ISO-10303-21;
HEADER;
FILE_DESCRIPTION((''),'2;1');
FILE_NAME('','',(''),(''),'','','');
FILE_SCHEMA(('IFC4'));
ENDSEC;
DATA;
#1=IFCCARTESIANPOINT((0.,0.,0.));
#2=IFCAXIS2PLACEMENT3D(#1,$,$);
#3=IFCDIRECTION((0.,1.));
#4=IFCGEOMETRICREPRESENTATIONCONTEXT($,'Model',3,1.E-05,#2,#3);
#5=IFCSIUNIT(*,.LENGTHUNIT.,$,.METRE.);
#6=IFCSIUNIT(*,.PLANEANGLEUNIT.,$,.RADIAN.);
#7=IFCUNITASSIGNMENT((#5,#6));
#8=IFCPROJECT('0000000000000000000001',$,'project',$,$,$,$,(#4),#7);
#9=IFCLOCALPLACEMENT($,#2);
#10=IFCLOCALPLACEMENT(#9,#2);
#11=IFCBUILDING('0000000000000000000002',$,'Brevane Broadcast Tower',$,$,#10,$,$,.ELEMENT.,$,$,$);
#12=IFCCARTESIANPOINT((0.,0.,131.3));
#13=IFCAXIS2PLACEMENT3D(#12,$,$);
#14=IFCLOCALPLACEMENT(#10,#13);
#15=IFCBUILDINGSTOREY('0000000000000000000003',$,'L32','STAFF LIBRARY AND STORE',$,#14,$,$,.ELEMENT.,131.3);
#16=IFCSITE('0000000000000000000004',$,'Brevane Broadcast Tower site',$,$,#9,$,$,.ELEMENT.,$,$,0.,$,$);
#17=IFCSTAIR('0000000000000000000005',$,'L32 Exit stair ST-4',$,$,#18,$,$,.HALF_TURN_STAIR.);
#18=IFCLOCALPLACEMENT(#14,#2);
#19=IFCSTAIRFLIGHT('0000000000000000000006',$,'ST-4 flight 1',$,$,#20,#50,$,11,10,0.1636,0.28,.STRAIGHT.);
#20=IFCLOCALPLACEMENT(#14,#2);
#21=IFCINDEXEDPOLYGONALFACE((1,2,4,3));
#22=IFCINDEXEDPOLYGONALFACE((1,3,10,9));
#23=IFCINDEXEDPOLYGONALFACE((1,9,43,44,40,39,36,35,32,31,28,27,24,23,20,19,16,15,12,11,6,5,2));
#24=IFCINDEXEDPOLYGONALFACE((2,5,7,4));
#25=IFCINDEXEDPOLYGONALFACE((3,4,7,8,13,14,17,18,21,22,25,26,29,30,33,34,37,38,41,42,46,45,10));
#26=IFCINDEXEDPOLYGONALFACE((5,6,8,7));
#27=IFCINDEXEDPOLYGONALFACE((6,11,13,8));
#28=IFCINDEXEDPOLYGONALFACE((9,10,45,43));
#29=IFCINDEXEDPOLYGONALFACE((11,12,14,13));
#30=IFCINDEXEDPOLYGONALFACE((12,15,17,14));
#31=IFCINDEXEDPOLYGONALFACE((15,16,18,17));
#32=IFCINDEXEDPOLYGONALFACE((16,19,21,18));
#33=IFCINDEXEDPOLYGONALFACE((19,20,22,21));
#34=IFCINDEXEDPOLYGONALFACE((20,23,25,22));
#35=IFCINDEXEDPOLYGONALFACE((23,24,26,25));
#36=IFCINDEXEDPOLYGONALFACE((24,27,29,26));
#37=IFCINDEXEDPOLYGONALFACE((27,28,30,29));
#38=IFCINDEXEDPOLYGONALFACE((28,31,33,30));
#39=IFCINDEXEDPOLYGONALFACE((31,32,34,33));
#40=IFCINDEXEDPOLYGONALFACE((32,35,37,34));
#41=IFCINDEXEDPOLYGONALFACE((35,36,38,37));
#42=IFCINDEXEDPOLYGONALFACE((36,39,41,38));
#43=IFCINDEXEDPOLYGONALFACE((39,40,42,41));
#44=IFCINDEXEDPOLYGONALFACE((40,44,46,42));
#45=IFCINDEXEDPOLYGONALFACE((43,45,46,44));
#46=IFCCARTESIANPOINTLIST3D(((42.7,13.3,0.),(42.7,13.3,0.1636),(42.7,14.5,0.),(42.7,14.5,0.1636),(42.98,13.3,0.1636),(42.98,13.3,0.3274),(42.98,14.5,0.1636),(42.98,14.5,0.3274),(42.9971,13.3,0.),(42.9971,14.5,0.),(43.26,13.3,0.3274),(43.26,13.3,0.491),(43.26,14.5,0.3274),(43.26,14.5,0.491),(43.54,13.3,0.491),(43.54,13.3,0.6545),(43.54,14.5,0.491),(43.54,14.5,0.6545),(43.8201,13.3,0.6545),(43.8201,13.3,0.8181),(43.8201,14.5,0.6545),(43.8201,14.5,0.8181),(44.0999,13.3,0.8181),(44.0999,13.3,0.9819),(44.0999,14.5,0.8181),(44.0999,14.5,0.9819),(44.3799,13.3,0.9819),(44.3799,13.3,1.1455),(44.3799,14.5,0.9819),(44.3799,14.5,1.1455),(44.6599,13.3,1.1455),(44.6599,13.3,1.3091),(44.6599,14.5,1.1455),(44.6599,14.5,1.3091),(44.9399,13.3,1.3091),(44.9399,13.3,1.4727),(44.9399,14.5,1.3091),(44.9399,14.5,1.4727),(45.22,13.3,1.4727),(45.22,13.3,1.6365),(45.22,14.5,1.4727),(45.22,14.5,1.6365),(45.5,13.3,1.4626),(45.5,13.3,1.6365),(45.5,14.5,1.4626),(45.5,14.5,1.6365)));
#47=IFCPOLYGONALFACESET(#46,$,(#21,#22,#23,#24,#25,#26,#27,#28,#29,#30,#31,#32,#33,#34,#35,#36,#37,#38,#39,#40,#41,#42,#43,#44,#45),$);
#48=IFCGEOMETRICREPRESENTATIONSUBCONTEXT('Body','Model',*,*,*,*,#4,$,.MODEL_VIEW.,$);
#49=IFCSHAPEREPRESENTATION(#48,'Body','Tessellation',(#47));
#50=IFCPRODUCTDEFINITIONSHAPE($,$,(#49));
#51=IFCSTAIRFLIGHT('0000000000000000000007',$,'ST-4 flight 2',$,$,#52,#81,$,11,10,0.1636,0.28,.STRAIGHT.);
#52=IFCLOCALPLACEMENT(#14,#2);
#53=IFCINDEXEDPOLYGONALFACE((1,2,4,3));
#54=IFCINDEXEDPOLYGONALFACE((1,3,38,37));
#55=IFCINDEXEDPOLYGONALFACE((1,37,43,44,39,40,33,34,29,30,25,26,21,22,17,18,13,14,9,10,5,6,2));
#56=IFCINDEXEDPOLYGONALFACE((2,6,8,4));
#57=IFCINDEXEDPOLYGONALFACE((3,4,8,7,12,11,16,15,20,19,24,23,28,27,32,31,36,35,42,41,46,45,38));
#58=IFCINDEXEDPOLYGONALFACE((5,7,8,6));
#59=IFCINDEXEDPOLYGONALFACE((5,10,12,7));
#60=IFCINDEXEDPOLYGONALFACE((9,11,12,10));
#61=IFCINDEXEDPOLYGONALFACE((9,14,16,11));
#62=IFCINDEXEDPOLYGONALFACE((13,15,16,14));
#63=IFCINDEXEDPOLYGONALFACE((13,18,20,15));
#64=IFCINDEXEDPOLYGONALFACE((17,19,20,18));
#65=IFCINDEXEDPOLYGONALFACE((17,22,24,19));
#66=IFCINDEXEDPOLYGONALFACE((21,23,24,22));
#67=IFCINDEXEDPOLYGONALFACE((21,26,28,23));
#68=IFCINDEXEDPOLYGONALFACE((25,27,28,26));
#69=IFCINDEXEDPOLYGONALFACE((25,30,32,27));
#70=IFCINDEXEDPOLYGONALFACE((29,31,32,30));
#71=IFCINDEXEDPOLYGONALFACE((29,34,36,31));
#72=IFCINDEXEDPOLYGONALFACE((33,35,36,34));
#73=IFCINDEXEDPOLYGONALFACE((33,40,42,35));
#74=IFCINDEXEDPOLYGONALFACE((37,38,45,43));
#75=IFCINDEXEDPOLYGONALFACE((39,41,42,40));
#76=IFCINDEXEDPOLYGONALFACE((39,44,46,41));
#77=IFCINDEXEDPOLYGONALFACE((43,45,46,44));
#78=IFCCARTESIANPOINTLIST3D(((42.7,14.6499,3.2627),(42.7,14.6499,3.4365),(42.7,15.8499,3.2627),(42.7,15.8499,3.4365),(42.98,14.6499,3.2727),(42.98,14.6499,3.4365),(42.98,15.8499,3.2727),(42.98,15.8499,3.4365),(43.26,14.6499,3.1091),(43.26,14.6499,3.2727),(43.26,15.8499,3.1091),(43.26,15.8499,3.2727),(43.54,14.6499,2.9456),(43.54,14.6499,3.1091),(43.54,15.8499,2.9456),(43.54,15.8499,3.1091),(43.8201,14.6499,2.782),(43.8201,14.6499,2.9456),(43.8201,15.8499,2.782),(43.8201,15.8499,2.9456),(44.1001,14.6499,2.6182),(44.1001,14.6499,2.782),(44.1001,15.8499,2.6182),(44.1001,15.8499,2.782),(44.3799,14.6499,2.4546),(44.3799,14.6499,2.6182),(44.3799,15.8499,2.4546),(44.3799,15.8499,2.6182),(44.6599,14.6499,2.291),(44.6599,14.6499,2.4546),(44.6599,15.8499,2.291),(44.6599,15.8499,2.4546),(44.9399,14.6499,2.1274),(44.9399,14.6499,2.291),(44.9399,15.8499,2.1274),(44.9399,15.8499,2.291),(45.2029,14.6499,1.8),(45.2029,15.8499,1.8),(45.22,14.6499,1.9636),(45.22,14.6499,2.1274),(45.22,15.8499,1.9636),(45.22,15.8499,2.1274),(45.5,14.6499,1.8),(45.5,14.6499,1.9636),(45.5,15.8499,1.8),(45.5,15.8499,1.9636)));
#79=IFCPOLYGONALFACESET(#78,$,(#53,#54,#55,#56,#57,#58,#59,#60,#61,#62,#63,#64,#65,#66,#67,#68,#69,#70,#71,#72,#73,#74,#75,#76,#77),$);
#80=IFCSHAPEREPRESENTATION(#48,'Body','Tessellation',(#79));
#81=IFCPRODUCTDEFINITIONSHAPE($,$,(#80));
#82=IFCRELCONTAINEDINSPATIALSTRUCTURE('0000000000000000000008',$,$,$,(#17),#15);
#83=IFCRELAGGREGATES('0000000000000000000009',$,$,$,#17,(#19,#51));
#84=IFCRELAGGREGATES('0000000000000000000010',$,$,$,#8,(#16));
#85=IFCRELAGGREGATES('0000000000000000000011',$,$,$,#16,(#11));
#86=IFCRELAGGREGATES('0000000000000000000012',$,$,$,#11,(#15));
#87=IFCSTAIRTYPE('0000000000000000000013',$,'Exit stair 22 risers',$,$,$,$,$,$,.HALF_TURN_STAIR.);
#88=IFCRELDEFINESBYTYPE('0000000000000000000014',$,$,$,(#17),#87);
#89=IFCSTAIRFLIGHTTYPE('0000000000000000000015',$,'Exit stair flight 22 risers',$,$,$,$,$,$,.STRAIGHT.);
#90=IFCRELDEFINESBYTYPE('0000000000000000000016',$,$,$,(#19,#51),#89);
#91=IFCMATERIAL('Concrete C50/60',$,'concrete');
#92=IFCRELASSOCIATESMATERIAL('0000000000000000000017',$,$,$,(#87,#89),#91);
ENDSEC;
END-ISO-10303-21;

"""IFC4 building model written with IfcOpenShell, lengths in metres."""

from ifc_helpers import new_model, si_unit, direction, frame, origin, place, context, subcontext, project, spatial, polyline, outline, extrude, material, type_object, element, aggregate, save


model = new_model("IFC4")

# Units and contexts
model_context = context("Model", 3, precision=1e-05, world=origin(), true_north=direction((0.0, 1.0)))
body_context = subcontext(model_context, "Body", "Model", "MODEL_VIEW")
ifc_project = project(units=[si_unit("LENGTHUNIT", "METRE"), si_unit("PLANEANGLEUNIT", "RADIAN")], contexts=[model_context])

# Site, building, storey
site_placement = place(None, origin())
site = spatial("IfcSite", under=ifc_project, at=site_placement, Name="Brevane Broadcast Tower site", CompositionType="ELEMENT", RefElevation=0.0)
building_placement = place(site_placement, origin())
building = spatial("IfcBuilding", under=site, at=building_placement, Name="Brevane Broadcast Tower", CompositionType="ELEMENT")
storey_placement = place(building_placement, frame((0.0, 0.0, 131.3)))
storey = spatial("IfcBuildingStorey", under=building, at=storey_placement, Name="L32", Description="STAFF LIBRARY AND STORE", CompositionType="ELEMENT", Elevation=131.3)

# Stair, stair flights
ifc_material_1 = material(Name="Concrete C50/60", Category="concrete")
stair_type = type_object("IfcStairType", Name="Exit stair 22 risers", PredefinedType="HALF_TURN_STAIR", material=ifc_material_1)
stair_placement = place(storey_placement, origin())
stair = element("IfcStair", 1, at=stair_placement, inside=storey, type_object=stair_type, Name="L32 Exit stair ST-4", PredefinedType="HALF_TURN_STAIR")
stair_flight_type = type_object("IfcStairFlightType", Name="Exit stair flight 22 risers", PredefinedType="STRAIGHT", material=ifc_material_1)
stair_flight_1_placement = place(storey_placement, frame((42.7, 13.8999, 0.0), z_axis=(0.0, 0.0, 1.0), x_axis=(1.0, 0.0, 0.0)))
stair_flight_1 = element("IfcStairFlight", 2, at=stair_flight_1_placement, type_object=stair_flight_type, Name="ST-4 flight 1", NumberOfRisers=11, NumberOfTreads=10, PredefinedType="STRAIGHT", RiserHeight=0.1636, TreadLength=0.28, context=body_context, shape_type="SweptSolid", body=[
    extrude(outline(polyline([(0.0, 0.0), (0.0, 0.1636), (0.28, 0.1636), (0.28, 0.3274), (0.5601, 0.3274), (0.5601, 0.491), (0.8401, 0.491), (0.8401, 0.6545), (1.1201, 0.6545), (1.1201, 0.8181), (1.3999, 0.8181), (1.3999, 0.9819), (1.6799, 0.9819), (1.6799, 1.1455), (1.96, 1.1455), (1.96, 1.3091), (2.24, 1.3091), (2.24, 1.4727), (2.52, 1.4727), (2.52, 1.6365), (2.8, 1.6365), (2.8, 1.8), (2.8, 1.4626), (0.2971, 0.0), (0.0, 0.0)])), frame((0.0, 0.6001, 0.0), z_axis=(0.0, -1.0, 0.0), x_axis=(1.0, 0.0, 0.0)), (0.0, 0.0, 1.0), 1.2),
])
stair_flight_2_placement = place(storey_placement, frame((45.5, 15.25, 1.8), z_axis=(0.0, 0.0, 1.0), x_axis=(-1.0, 0.0, 0.0)))
stair_flight_2 = element("IfcStairFlight", 3, at=stair_flight_2_placement, type_object=stair_flight_type, Name="ST-4 flight 2", NumberOfRisers=11, NumberOfTreads=10, PredefinedType="STRAIGHT", RiserHeight=0.1636, TreadLength=0.28, context=body_context, shape_type="SweptSolid", body=[
    extrude(outline(polyline([(0.0, 0.0), (0.0, 0.1636), (0.28, 0.1636), (0.28, 0.3274), (0.5601, 0.3274), (0.5601, 0.491), (0.8401, 0.491), (0.8401, 0.6545), (1.1201, 0.6545), (1.1201, 0.8181), (1.3999, 0.8181), (1.3999, 0.9819), (1.6799, 0.9819), (1.6799, 1.1455), (1.96, 1.1455), (1.96, 1.3091), (2.24, 1.3091), (2.24, 1.4727), (2.52, 1.4727), (2.52, 1.6365), (2.8, 1.6365), (2.8, 1.8), (2.8, 1.4626), (0.2971, 0.0), (0.0, 0.0)])), frame((0.0, 0.6001, 0.0), z_axis=(0.0, -1.0, 0.0), x_axis=(1.0, 0.0, 0.0)), (0.0, 0.0, 1.0), 1.2),
])
aggregate(stair, [stair_flight_1, stair_flight_2])

save(model, "model.ifc")
